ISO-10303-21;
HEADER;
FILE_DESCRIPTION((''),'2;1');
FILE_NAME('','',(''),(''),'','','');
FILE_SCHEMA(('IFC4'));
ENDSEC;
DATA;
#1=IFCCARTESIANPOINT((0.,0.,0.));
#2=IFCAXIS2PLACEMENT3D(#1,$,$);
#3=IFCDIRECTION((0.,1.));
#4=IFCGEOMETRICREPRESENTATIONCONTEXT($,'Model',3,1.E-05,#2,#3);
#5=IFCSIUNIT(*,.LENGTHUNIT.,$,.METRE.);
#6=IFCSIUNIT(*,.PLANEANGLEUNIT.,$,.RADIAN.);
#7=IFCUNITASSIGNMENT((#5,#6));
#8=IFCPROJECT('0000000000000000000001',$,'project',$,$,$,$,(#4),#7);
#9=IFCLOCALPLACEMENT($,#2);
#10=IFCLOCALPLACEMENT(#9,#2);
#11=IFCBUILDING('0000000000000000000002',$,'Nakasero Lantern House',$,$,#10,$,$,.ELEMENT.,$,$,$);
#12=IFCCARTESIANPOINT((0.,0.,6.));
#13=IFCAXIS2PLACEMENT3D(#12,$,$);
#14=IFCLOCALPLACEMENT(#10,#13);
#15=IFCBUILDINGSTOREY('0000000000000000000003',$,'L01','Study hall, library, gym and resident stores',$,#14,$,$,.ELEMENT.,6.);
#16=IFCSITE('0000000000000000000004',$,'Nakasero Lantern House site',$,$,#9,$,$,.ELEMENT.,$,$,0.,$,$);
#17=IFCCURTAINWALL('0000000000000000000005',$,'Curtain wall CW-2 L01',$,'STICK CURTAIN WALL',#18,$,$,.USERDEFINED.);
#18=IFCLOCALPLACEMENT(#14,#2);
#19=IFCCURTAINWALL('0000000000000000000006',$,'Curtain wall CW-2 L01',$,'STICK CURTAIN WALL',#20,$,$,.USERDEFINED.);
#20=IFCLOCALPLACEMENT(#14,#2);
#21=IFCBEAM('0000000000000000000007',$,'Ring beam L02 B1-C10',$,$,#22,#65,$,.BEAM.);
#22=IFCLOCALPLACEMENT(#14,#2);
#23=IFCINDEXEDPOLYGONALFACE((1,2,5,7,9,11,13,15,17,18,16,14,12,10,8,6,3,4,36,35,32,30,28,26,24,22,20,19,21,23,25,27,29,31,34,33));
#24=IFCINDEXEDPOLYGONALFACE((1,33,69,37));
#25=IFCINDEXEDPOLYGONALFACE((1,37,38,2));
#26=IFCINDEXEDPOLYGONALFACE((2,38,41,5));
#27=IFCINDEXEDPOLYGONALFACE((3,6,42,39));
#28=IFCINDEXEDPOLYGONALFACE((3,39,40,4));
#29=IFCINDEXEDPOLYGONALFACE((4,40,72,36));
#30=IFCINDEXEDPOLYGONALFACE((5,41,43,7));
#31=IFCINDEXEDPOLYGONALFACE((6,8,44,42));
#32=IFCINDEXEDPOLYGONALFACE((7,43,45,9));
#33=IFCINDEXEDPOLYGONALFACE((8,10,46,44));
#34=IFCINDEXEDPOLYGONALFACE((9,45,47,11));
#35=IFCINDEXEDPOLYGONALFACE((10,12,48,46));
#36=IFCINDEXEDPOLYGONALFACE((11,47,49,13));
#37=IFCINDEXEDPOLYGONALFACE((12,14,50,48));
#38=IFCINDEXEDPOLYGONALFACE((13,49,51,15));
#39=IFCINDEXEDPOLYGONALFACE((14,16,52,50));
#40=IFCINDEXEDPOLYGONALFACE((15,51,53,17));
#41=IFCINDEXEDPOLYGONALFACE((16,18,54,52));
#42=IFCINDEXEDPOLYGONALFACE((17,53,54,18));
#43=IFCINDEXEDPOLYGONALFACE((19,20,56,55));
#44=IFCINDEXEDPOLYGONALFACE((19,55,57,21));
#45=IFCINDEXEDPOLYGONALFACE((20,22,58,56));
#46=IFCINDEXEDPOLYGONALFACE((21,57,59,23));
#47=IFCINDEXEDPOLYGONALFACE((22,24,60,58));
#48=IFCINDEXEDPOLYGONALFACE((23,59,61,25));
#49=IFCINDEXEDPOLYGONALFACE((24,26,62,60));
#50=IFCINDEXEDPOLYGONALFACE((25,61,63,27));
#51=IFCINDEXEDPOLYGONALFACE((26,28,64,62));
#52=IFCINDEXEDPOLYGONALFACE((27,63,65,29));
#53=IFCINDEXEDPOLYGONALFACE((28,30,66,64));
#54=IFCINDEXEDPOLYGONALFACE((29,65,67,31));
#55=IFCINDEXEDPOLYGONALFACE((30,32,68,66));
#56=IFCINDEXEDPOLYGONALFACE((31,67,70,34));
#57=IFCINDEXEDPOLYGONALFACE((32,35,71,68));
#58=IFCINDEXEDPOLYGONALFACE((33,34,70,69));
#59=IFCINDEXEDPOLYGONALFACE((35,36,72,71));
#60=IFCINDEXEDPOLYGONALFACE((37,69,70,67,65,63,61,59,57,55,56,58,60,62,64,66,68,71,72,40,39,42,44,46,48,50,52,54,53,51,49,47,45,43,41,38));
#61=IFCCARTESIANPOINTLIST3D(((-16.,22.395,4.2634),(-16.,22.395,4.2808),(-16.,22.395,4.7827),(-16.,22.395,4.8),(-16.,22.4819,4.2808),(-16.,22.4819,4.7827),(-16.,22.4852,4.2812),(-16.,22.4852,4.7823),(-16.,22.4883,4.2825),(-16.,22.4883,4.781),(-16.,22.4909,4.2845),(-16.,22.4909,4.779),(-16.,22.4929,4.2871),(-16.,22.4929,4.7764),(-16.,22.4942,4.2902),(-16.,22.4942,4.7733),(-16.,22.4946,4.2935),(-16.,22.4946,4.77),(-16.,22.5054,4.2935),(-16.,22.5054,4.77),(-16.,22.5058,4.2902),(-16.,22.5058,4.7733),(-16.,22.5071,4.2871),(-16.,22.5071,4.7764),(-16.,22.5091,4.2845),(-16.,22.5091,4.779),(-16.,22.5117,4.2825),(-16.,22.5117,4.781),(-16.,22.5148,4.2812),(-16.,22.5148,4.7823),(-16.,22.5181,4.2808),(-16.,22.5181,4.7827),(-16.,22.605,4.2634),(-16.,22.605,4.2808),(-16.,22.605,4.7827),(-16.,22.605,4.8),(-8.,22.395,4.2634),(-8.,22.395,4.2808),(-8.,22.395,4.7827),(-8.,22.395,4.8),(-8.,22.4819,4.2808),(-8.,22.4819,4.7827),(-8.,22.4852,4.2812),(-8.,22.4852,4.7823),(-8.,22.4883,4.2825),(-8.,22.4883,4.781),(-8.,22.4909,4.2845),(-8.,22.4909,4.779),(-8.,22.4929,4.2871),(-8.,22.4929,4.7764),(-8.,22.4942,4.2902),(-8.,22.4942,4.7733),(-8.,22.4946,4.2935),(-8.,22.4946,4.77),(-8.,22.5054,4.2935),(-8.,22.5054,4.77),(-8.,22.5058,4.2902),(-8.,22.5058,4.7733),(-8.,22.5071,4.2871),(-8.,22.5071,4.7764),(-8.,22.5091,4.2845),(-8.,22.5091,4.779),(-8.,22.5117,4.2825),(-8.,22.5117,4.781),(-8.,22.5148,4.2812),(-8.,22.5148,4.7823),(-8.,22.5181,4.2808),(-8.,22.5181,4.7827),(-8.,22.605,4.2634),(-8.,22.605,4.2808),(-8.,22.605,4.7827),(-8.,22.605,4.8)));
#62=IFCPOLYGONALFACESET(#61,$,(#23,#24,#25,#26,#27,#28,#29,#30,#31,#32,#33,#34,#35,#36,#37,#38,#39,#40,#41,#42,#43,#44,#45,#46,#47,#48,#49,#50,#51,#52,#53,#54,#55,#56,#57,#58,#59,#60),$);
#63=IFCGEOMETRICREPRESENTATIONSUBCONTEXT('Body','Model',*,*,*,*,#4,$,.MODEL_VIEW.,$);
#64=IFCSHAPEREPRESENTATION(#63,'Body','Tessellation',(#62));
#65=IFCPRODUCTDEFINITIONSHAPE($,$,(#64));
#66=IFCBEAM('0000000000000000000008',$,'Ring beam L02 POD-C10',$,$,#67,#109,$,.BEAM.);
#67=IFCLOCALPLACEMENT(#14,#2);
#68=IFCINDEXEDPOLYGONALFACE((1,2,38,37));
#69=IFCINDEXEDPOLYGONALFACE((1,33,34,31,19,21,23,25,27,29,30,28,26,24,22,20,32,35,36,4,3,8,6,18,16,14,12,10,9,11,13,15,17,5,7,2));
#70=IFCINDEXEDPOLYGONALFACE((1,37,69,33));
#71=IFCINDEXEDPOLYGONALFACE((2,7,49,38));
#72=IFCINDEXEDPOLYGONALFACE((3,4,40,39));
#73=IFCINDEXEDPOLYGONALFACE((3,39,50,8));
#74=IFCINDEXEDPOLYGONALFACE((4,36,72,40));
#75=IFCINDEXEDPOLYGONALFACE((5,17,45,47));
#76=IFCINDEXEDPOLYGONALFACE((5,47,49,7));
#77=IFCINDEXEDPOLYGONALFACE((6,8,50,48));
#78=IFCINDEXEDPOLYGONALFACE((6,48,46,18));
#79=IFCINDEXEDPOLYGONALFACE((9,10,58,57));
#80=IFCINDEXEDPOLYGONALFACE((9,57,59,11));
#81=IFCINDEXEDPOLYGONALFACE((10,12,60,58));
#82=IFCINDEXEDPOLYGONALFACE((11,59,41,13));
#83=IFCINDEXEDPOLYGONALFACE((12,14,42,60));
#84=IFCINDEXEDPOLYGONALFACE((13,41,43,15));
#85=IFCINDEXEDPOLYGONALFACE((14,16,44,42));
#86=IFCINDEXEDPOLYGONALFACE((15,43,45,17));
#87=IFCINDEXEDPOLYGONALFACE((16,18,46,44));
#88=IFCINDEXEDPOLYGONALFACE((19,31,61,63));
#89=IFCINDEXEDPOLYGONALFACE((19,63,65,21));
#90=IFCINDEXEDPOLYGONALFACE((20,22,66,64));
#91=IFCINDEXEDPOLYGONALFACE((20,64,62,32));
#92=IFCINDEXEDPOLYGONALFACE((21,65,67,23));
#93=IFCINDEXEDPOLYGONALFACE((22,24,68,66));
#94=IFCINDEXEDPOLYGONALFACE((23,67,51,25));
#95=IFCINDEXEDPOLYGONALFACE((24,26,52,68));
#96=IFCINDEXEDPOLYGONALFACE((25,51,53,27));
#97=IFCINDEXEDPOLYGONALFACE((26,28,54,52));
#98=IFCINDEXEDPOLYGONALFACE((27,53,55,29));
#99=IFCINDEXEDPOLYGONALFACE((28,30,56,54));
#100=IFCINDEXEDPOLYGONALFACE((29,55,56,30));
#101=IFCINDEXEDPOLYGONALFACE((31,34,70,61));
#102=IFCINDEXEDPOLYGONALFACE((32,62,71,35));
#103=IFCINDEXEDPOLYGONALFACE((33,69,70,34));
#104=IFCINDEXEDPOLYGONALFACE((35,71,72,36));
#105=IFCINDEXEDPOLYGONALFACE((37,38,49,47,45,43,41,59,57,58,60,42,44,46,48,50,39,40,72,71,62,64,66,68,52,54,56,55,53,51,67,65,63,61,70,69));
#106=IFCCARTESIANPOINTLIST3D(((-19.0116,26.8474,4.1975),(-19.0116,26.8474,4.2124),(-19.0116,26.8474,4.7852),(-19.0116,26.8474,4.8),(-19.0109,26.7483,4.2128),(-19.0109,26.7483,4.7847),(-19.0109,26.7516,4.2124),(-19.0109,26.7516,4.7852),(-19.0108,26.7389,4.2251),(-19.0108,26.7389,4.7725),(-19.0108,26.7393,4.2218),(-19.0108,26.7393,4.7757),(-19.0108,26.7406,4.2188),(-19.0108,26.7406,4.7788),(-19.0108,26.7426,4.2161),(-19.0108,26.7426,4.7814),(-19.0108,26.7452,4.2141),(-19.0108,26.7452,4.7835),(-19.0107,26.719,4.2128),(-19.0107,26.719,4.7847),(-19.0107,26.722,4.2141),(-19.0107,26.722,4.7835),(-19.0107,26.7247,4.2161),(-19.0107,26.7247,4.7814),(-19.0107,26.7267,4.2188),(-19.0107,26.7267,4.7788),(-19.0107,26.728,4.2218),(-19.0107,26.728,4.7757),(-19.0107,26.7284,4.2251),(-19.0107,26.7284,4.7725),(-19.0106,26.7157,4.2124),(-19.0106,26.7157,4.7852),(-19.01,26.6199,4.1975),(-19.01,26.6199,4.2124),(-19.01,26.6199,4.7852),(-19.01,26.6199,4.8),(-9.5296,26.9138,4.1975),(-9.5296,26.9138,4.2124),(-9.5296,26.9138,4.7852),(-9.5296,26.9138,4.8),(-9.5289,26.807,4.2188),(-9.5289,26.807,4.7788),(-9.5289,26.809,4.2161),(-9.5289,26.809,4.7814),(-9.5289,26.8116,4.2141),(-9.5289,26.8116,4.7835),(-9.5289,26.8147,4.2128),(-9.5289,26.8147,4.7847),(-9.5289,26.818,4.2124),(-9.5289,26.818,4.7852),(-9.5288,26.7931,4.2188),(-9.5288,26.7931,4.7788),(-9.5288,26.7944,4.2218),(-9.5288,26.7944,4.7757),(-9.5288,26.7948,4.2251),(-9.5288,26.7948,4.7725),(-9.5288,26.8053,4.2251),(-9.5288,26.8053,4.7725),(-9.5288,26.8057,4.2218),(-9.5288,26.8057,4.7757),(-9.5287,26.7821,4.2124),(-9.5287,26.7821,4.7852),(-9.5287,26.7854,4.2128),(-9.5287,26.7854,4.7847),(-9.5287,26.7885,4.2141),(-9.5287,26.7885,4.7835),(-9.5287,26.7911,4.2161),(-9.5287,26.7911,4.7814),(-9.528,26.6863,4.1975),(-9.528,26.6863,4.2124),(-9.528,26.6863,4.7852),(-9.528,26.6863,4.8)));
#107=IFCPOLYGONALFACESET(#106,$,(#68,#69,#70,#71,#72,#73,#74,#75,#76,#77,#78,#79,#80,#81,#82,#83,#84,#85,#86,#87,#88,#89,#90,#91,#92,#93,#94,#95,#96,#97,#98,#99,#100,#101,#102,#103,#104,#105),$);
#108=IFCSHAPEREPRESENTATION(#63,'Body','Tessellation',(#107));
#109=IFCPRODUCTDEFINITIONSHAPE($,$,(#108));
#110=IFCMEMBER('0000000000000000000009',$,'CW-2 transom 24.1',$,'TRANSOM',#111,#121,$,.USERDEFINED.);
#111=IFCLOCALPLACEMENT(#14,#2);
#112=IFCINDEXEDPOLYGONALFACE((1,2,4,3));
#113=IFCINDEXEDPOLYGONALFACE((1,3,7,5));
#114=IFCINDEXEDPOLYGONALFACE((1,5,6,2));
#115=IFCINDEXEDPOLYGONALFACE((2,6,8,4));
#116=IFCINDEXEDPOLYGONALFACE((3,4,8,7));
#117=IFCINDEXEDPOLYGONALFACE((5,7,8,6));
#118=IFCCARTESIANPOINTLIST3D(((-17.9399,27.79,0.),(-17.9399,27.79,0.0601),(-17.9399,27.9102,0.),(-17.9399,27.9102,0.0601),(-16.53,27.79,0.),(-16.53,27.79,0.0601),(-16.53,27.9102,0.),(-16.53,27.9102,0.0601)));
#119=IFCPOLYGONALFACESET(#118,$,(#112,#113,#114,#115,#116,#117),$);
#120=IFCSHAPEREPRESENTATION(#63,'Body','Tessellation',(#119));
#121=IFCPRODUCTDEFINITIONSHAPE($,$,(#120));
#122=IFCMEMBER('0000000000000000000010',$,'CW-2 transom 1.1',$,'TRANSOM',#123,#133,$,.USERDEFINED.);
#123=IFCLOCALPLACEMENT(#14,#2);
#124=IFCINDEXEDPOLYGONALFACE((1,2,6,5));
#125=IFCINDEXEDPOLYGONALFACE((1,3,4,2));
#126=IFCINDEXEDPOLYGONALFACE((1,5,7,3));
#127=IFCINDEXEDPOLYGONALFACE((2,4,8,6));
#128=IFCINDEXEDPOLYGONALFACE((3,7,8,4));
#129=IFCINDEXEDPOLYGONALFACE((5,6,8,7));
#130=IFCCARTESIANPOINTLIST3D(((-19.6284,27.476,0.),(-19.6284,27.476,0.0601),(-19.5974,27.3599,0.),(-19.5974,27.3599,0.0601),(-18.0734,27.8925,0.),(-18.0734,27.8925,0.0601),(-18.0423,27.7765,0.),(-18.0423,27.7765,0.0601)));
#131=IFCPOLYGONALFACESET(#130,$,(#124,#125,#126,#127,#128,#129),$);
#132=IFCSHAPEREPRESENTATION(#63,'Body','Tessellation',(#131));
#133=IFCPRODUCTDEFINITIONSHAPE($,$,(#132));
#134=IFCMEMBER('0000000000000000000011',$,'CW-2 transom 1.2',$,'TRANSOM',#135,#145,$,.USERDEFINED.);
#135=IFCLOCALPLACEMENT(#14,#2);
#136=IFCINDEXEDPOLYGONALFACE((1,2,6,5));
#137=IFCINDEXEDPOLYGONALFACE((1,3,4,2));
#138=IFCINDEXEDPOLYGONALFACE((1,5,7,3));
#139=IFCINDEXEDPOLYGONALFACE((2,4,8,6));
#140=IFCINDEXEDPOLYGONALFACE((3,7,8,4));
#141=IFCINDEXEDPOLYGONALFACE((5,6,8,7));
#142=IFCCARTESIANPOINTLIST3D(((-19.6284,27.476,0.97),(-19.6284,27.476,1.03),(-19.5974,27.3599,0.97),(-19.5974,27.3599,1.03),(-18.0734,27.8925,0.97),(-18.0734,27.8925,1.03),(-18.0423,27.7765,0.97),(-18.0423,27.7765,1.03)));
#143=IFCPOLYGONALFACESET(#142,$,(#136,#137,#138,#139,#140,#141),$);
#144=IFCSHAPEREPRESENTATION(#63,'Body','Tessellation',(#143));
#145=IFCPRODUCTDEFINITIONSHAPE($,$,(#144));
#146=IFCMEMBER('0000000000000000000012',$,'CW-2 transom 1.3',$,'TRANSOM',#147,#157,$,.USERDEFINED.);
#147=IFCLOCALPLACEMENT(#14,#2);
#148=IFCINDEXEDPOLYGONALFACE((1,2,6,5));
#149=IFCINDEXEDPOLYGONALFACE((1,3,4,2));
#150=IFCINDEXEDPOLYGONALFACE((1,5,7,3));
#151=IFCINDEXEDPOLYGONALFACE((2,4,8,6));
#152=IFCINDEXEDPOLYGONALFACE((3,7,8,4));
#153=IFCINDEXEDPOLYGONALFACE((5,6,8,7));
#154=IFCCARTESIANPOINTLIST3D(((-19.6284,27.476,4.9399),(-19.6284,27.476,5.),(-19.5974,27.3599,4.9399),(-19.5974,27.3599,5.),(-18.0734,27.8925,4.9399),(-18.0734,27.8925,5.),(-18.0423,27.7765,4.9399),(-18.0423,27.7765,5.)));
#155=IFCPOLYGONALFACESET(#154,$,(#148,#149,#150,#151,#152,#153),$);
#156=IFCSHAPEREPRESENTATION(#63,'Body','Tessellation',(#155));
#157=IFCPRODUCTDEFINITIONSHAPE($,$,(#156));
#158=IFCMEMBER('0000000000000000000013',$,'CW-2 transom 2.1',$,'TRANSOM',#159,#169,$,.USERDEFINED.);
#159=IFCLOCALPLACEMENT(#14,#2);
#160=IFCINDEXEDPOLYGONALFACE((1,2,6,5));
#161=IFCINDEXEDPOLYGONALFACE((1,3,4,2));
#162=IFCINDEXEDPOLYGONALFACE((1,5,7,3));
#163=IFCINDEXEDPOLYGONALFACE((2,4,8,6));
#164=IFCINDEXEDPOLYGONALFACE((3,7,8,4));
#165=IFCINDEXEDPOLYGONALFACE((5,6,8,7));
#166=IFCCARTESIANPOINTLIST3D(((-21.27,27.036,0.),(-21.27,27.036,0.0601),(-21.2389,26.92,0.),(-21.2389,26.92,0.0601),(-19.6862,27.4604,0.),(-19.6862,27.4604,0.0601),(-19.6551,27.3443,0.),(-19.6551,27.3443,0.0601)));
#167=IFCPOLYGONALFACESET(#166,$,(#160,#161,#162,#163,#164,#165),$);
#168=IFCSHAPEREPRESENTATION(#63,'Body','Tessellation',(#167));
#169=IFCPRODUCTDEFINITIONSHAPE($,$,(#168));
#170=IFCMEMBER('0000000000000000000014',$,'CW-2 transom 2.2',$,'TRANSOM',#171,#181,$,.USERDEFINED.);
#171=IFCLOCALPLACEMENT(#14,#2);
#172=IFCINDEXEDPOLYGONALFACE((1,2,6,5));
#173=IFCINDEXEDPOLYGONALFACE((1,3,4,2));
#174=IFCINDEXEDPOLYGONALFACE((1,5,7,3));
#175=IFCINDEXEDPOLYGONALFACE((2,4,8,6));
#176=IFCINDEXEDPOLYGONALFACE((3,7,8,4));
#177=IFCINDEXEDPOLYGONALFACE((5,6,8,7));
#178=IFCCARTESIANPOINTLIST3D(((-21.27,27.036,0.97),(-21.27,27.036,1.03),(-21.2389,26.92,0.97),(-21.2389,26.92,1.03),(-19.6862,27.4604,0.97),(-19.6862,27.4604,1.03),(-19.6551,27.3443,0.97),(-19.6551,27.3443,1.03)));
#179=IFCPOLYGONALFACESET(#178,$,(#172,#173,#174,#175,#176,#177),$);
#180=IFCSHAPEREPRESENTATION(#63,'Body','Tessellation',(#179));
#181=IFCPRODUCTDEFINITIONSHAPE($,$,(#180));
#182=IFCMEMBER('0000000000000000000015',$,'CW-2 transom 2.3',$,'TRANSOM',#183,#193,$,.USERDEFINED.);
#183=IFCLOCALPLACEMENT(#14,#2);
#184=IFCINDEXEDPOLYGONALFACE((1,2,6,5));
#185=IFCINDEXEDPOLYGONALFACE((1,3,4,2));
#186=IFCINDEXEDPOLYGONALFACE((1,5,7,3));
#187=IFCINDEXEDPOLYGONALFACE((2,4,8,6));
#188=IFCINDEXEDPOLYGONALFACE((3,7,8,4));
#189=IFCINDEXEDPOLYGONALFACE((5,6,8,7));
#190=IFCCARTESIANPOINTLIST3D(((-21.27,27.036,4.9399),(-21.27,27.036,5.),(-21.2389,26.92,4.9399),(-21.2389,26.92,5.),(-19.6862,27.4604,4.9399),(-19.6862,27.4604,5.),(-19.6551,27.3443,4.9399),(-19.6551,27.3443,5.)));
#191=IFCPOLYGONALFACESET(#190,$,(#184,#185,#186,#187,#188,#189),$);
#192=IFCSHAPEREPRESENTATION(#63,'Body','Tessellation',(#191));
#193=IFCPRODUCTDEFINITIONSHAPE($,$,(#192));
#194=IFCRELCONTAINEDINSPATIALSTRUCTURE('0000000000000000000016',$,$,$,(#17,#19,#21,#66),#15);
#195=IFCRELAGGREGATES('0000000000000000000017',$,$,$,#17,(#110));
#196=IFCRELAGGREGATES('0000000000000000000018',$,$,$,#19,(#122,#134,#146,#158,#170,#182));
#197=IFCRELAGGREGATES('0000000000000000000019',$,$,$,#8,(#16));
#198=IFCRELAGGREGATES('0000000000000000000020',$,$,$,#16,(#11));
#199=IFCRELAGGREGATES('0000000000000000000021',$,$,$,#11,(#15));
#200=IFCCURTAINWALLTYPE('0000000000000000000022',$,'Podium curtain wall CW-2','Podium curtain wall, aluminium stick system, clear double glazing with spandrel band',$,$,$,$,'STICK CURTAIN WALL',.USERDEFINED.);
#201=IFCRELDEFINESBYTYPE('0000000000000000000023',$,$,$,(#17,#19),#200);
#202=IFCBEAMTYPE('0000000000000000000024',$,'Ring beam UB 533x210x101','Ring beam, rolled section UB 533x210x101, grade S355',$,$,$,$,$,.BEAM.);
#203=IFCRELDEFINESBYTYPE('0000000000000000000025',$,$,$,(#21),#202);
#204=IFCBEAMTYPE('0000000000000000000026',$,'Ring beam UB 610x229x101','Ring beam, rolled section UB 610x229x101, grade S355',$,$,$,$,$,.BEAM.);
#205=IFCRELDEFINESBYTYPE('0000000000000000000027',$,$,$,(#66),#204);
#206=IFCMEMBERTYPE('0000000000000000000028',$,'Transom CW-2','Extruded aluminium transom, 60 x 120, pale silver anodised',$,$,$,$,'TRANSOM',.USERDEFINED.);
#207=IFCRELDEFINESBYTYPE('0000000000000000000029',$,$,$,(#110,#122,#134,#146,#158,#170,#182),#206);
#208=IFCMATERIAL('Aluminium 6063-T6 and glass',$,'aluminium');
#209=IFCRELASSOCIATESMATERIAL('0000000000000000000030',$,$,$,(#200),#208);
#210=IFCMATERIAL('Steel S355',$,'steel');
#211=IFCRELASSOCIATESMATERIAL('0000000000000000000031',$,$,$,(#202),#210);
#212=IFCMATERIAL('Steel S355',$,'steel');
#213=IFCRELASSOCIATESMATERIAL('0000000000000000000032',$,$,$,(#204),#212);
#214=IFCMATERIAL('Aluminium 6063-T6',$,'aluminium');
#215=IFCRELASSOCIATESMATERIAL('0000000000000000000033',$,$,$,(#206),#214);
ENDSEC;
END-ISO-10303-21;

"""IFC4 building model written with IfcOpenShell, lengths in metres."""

from ifc_helpers import new_model, si_unit, direction, frame, origin, origin_2d, place, context, subcontext, project, spatial, rectangle, i_section, extrude, material, material_profile, profile_set, type_object, element, aggregate, save


model = new_model("IFC4")

# Units and contexts
model_context = context("Model", 3, precision=1e-05, world=origin(), true_north=direction((0.0, 1.0)))
body_context = subcontext(model_context, "Body", "Model", "MODEL_VIEW")
ifc_project = project(units=[si_unit("LENGTHUNIT", "METRE"), si_unit("PLANEANGLEUNIT", "RADIAN")], contexts=[model_context])

# Site, building, storey
site_placement = place(None, origin())
site = spatial("IfcSite", under=ifc_project, at=site_placement, Name="Nakasero Lantern House site", CompositionType="ELEMENT", RefElevation=0.0)
building_placement = place(site_placement, origin())
building = spatial("IfcBuilding", under=site, at=building_placement, Name="Nakasero Lantern House", CompositionType="ELEMENT")
storey_placement = place(building_placement, frame((0.0, 0.0, 6.0)))
storey = spatial("IfcBuildingStorey", under=building, at=storey_placement, Name="L01", Description="Study hall, library, gym and resident stores", CompositionType="ELEMENT", Elevation=6.0)

# Curtain wall
ifc_material_1 = material(Name="Aluminium 6063-T6 and glass", Category="aluminium")
curtain_wall_type = type_object("IfcCurtainWallType", Name="Podium curtain wall CW-2", Description="Podium curtain wall, aluminium stick system, clear double glazing with spandrel band", ElementType="STICK CURTAIN WALL", PredefinedType="USERDEFINED", material=ifc_material_1)
curtain_wall_1_placement = place(storey_placement, origin())
curtain_wall_1 = element("IfcCurtainWall", 1, at=curtain_wall_1_placement, inside=storey, type_object=curtain_wall_type, Name="Curtain wall CW-2 L01", ObjectType="STICK CURTAIN WALL", PredefinedType="USERDEFINED")

# Curtain wall
curtain_wall_2_placement = place(storey_placement, origin())
curtain_wall_2 = element("IfcCurtainWall", 2, at=curtain_wall_2_placement, inside=storey, type_object=curtain_wall_type, Name="Curtain wall CW-2 L01", ObjectType="STICK CURTAIN WALL", PredefinedType="USERDEFINED")

# Beams
ifc_material_2 = material(Name="Steel S355", Category="steel")
ifc_material_profile_1 = material_profile(ifc_material_2, i_section(OverallWidth=0.21, OverallDepth=0.5366, WebThickness=0.0107, FlangeThickness=0.0173, FilletRadius=0.0127, at=origin_2d()), Name="UB 533x210x101")
ifc_profile_set_1 = profile_set([ifc_material_profile_1], Name="Steel S355")
beam_type_1 = type_object("IfcBeamType", Name="Ring beam UB 533x210x101", Description="Ring beam, rolled section UB 533x210x101, grade S355", PredefinedType="BEAM", material=ifc_profile_set_1)
for number, where, z_axis, x_axis, name in (
    (3, (-8.0, 22.5, 4.5317), (-1.0, 0.0, 0.0), (0.0, -1.0, 0.0), "Ring beam L02 B1-C10"),
):
    element("IfcBeam", number, at=place(storey_placement, frame(where, z_axis=z_axis, x_axis=x_axis)), inside=storey, type_object=beam_type_1, Name=name, PredefinedType="BEAM", context=body_context, shape_type="SweptSolid", body=[
        extrude(i_section(OverallWidth=0.21, OverallDepth=0.5366, WebThickness=0.0107, FlangeThickness=0.0173, FilletRadius=0.0127, at=origin_2d()), origin(), (0.0, 0.0, 1.0), 8.0),
    ])
ifc_material_3 = material(Name="Steel S355", Category="steel")
ifc_material_profile_2 = material_profile(ifc_material_3, i_section(OverallWidth=0.2275, OverallDepth=0.6025, WebThickness=0.0105, FlangeThickness=0.0149, FilletRadius=0.0127, at=origin_2d()), Name="UB 610x229x101")
ifc_profile_set_2 = profile_set([ifc_material_profile_2], Name="Steel S355")
beam_type_2 = type_object("IfcBeamType", Name="Ring beam UB 610x229x101", Description="Ring beam, rolled section UB 610x229x101, grade S355", PredefinedType="BEAM", material=ifc_profile_set_2)
beam_1_placement = place(storey_placement, frame((-9.5288, 26.8, 4.4988), z_axis=(-0.999975, -0.007003, 0.0), x_axis=(0.007003, -0.999975, 0.0)))
element("IfcBeam", 4, at=beam_1_placement, inside=storey, type_object=beam_type_2, Name="Ring beam L02 POD-C10", PredefinedType="BEAM", context=body_context, shape_type="SweptSolid", body=[
    extrude(i_section(OverallWidth=0.2275, OverallDepth=0.6025, WebThickness=0.0105, FlangeThickness=0.0149, FilletRadius=0.0127, at=origin_2d()), origin(), (0.0, 0.0, 1.0), 9.4822),
])

# Members
ifc_material_4 = material(Name="Aluminium 6063-T6", Category="aluminium")
ifc_material_profile_3 = material_profile(ifc_material_4, rectangle(XDim=0.0601, YDim=0.1201, at=origin_2d()), Name="CW-2 transom 60x120")
ifc_profile_set_3 = profile_set([ifc_material_profile_3], Name="Aluminium 6063-T6")
member_type_1 = type_object("IfcMemberType", Name="Transom CW-2", Description="Extruded aluminium transom, 60 x 120, pale silver anodised", ElementType="TRANSOM", PredefinedType="USERDEFINED", material=ifc_profile_set_3)
member_1_placement = place(storey_placement, frame((-16.53, 27.8501, 0.03), z_axis=(-1.0, 0.0, 0.0), x_axis=(0.0, 0.0, 1.0)))
member_1 = element("IfcMember", 5, at=member_1_placement, type_object=member_type_1, Name="CW-2 transom 24.1", ObjectType="TRANSOM", PredefinedType="USERDEFINED", context=body_context, shape_type="SweptSolid", body=[
    extrude(rectangle(XDim=0.0601, YDim=0.1201, at=origin_2d()), origin(), (0.0, 0.0, 1.0), 1.4099),
])
member_2_placement = place(storey_placement, frame((-18.0579, 27.8345, 0.03), z_axis=(-0.965947, -0.258739, 0.0), x_axis=(0.0, 0.0, 1.0)))
member_2 = element("IfcMember", 6, at=member_2_placement, type_object=member_type_1, Name="CW-2 transom 1.1", ObjectType="TRANSOM", PredefinedType="USERDEFINED", context=body_context, shape_type="SweptSolid", body=[
    extrude(rectangle(XDim=0.0601, YDim=0.1201, at=origin_2d()), origin(), (0.0, 0.0, 1.0), 1.6099),
])
member_3_placement = place(storey_placement, frame((-18.0579, 27.8345, 1.0), z_axis=(-0.965947, -0.258739, 0.0), x_axis=(0.0, 0.0, 1.0)))
member_3 = element("IfcMember", 7, at=member_3_placement, type_object=member_type_1, Name="CW-2 transom 1.2", ObjectType="TRANSOM", PredefinedType="USERDEFINED", context=body_context, shape_type="SweptSolid", body=[
    extrude(rectangle(XDim=0.0601, YDim=0.1201, at=origin_2d()), origin(), (0.0, 0.0, 1.0), 1.6099),
])
member_4_placement = place(storey_placement, frame((-18.0579, 27.8345, 4.97), z_axis=(-0.965947, -0.258739, 0.0), x_axis=(0.0, 0.0, 1.0)))
member_4 = element("IfcMember", 8, at=member_4_placement, type_object=member_type_1, Name="CW-2 transom 1.3", ObjectType="TRANSOM", PredefinedType="USERDEFINED", context=body_context, shape_type="SweptSolid", body=[
    extrude(rectangle(XDim=0.0601, YDim=0.1201, at=origin_2d()), origin(), (0.0, 0.0, 1.0), 1.6099),
])
member_5_placement = place(storey_placement, frame((-19.6707, 27.4023, 0.03), z_axis=(-0.965933, -0.258793, 0.0), x_axis=(0.0, 0.0, 1.0)))
member_5 = element("IfcMember", 9, at=member_5_placement, type_object=member_type_1, Name="CW-2 transom 2.1", ObjectType="TRANSOM", PredefinedType="USERDEFINED", context=body_context, shape_type="SweptSolid", body=[
    extrude(rectangle(XDim=0.0601, YDim=0.1201, at=origin_2d()), origin(), (0.0, 0.0, 1.0), 1.6396),
])
member_6_placement = place(storey_placement, frame((-19.6707, 27.4023, 1.0), z_axis=(-0.965933, -0.258793, 0.0), x_axis=(0.0, 0.0, 1.0)))
member_6 = element("IfcMember", 10, at=member_6_placement, type_object=member_type_1, Name="CW-2 transom 2.2", ObjectType="TRANSOM", PredefinedType="USERDEFINED", context=body_context, shape_type="SweptSolid", body=[
    extrude(rectangle(XDim=0.0601, YDim=0.1201, at=origin_2d()), origin(), (0.0, 0.0, 1.0), 1.6396),
])
member_7_placement = place(storey_placement, frame((-19.6707, 27.4023, 4.97), z_axis=(-0.965933, -0.258793, 0.0), x_axis=(0.0, 0.0, 1.0)))
member_7 = element("IfcMember", 11, at=member_7_placement, type_object=member_type_1, Name="CW-2 transom 2.3", ObjectType="TRANSOM", PredefinedType="USERDEFINED", context=body_context, shape_type="SweptSolid", body=[
    extrude(rectangle(XDim=0.0601, YDim=0.1201, at=origin_2d()), origin(), (0.0, 0.0, 1.0), 1.6396),
])

aggregate(curtain_wall_1, [member_1])
aggregate(curtain_wall_2, [member_2, member_3, member_4, member_5, member_6, member_7])

save(model, "model.ifc")
